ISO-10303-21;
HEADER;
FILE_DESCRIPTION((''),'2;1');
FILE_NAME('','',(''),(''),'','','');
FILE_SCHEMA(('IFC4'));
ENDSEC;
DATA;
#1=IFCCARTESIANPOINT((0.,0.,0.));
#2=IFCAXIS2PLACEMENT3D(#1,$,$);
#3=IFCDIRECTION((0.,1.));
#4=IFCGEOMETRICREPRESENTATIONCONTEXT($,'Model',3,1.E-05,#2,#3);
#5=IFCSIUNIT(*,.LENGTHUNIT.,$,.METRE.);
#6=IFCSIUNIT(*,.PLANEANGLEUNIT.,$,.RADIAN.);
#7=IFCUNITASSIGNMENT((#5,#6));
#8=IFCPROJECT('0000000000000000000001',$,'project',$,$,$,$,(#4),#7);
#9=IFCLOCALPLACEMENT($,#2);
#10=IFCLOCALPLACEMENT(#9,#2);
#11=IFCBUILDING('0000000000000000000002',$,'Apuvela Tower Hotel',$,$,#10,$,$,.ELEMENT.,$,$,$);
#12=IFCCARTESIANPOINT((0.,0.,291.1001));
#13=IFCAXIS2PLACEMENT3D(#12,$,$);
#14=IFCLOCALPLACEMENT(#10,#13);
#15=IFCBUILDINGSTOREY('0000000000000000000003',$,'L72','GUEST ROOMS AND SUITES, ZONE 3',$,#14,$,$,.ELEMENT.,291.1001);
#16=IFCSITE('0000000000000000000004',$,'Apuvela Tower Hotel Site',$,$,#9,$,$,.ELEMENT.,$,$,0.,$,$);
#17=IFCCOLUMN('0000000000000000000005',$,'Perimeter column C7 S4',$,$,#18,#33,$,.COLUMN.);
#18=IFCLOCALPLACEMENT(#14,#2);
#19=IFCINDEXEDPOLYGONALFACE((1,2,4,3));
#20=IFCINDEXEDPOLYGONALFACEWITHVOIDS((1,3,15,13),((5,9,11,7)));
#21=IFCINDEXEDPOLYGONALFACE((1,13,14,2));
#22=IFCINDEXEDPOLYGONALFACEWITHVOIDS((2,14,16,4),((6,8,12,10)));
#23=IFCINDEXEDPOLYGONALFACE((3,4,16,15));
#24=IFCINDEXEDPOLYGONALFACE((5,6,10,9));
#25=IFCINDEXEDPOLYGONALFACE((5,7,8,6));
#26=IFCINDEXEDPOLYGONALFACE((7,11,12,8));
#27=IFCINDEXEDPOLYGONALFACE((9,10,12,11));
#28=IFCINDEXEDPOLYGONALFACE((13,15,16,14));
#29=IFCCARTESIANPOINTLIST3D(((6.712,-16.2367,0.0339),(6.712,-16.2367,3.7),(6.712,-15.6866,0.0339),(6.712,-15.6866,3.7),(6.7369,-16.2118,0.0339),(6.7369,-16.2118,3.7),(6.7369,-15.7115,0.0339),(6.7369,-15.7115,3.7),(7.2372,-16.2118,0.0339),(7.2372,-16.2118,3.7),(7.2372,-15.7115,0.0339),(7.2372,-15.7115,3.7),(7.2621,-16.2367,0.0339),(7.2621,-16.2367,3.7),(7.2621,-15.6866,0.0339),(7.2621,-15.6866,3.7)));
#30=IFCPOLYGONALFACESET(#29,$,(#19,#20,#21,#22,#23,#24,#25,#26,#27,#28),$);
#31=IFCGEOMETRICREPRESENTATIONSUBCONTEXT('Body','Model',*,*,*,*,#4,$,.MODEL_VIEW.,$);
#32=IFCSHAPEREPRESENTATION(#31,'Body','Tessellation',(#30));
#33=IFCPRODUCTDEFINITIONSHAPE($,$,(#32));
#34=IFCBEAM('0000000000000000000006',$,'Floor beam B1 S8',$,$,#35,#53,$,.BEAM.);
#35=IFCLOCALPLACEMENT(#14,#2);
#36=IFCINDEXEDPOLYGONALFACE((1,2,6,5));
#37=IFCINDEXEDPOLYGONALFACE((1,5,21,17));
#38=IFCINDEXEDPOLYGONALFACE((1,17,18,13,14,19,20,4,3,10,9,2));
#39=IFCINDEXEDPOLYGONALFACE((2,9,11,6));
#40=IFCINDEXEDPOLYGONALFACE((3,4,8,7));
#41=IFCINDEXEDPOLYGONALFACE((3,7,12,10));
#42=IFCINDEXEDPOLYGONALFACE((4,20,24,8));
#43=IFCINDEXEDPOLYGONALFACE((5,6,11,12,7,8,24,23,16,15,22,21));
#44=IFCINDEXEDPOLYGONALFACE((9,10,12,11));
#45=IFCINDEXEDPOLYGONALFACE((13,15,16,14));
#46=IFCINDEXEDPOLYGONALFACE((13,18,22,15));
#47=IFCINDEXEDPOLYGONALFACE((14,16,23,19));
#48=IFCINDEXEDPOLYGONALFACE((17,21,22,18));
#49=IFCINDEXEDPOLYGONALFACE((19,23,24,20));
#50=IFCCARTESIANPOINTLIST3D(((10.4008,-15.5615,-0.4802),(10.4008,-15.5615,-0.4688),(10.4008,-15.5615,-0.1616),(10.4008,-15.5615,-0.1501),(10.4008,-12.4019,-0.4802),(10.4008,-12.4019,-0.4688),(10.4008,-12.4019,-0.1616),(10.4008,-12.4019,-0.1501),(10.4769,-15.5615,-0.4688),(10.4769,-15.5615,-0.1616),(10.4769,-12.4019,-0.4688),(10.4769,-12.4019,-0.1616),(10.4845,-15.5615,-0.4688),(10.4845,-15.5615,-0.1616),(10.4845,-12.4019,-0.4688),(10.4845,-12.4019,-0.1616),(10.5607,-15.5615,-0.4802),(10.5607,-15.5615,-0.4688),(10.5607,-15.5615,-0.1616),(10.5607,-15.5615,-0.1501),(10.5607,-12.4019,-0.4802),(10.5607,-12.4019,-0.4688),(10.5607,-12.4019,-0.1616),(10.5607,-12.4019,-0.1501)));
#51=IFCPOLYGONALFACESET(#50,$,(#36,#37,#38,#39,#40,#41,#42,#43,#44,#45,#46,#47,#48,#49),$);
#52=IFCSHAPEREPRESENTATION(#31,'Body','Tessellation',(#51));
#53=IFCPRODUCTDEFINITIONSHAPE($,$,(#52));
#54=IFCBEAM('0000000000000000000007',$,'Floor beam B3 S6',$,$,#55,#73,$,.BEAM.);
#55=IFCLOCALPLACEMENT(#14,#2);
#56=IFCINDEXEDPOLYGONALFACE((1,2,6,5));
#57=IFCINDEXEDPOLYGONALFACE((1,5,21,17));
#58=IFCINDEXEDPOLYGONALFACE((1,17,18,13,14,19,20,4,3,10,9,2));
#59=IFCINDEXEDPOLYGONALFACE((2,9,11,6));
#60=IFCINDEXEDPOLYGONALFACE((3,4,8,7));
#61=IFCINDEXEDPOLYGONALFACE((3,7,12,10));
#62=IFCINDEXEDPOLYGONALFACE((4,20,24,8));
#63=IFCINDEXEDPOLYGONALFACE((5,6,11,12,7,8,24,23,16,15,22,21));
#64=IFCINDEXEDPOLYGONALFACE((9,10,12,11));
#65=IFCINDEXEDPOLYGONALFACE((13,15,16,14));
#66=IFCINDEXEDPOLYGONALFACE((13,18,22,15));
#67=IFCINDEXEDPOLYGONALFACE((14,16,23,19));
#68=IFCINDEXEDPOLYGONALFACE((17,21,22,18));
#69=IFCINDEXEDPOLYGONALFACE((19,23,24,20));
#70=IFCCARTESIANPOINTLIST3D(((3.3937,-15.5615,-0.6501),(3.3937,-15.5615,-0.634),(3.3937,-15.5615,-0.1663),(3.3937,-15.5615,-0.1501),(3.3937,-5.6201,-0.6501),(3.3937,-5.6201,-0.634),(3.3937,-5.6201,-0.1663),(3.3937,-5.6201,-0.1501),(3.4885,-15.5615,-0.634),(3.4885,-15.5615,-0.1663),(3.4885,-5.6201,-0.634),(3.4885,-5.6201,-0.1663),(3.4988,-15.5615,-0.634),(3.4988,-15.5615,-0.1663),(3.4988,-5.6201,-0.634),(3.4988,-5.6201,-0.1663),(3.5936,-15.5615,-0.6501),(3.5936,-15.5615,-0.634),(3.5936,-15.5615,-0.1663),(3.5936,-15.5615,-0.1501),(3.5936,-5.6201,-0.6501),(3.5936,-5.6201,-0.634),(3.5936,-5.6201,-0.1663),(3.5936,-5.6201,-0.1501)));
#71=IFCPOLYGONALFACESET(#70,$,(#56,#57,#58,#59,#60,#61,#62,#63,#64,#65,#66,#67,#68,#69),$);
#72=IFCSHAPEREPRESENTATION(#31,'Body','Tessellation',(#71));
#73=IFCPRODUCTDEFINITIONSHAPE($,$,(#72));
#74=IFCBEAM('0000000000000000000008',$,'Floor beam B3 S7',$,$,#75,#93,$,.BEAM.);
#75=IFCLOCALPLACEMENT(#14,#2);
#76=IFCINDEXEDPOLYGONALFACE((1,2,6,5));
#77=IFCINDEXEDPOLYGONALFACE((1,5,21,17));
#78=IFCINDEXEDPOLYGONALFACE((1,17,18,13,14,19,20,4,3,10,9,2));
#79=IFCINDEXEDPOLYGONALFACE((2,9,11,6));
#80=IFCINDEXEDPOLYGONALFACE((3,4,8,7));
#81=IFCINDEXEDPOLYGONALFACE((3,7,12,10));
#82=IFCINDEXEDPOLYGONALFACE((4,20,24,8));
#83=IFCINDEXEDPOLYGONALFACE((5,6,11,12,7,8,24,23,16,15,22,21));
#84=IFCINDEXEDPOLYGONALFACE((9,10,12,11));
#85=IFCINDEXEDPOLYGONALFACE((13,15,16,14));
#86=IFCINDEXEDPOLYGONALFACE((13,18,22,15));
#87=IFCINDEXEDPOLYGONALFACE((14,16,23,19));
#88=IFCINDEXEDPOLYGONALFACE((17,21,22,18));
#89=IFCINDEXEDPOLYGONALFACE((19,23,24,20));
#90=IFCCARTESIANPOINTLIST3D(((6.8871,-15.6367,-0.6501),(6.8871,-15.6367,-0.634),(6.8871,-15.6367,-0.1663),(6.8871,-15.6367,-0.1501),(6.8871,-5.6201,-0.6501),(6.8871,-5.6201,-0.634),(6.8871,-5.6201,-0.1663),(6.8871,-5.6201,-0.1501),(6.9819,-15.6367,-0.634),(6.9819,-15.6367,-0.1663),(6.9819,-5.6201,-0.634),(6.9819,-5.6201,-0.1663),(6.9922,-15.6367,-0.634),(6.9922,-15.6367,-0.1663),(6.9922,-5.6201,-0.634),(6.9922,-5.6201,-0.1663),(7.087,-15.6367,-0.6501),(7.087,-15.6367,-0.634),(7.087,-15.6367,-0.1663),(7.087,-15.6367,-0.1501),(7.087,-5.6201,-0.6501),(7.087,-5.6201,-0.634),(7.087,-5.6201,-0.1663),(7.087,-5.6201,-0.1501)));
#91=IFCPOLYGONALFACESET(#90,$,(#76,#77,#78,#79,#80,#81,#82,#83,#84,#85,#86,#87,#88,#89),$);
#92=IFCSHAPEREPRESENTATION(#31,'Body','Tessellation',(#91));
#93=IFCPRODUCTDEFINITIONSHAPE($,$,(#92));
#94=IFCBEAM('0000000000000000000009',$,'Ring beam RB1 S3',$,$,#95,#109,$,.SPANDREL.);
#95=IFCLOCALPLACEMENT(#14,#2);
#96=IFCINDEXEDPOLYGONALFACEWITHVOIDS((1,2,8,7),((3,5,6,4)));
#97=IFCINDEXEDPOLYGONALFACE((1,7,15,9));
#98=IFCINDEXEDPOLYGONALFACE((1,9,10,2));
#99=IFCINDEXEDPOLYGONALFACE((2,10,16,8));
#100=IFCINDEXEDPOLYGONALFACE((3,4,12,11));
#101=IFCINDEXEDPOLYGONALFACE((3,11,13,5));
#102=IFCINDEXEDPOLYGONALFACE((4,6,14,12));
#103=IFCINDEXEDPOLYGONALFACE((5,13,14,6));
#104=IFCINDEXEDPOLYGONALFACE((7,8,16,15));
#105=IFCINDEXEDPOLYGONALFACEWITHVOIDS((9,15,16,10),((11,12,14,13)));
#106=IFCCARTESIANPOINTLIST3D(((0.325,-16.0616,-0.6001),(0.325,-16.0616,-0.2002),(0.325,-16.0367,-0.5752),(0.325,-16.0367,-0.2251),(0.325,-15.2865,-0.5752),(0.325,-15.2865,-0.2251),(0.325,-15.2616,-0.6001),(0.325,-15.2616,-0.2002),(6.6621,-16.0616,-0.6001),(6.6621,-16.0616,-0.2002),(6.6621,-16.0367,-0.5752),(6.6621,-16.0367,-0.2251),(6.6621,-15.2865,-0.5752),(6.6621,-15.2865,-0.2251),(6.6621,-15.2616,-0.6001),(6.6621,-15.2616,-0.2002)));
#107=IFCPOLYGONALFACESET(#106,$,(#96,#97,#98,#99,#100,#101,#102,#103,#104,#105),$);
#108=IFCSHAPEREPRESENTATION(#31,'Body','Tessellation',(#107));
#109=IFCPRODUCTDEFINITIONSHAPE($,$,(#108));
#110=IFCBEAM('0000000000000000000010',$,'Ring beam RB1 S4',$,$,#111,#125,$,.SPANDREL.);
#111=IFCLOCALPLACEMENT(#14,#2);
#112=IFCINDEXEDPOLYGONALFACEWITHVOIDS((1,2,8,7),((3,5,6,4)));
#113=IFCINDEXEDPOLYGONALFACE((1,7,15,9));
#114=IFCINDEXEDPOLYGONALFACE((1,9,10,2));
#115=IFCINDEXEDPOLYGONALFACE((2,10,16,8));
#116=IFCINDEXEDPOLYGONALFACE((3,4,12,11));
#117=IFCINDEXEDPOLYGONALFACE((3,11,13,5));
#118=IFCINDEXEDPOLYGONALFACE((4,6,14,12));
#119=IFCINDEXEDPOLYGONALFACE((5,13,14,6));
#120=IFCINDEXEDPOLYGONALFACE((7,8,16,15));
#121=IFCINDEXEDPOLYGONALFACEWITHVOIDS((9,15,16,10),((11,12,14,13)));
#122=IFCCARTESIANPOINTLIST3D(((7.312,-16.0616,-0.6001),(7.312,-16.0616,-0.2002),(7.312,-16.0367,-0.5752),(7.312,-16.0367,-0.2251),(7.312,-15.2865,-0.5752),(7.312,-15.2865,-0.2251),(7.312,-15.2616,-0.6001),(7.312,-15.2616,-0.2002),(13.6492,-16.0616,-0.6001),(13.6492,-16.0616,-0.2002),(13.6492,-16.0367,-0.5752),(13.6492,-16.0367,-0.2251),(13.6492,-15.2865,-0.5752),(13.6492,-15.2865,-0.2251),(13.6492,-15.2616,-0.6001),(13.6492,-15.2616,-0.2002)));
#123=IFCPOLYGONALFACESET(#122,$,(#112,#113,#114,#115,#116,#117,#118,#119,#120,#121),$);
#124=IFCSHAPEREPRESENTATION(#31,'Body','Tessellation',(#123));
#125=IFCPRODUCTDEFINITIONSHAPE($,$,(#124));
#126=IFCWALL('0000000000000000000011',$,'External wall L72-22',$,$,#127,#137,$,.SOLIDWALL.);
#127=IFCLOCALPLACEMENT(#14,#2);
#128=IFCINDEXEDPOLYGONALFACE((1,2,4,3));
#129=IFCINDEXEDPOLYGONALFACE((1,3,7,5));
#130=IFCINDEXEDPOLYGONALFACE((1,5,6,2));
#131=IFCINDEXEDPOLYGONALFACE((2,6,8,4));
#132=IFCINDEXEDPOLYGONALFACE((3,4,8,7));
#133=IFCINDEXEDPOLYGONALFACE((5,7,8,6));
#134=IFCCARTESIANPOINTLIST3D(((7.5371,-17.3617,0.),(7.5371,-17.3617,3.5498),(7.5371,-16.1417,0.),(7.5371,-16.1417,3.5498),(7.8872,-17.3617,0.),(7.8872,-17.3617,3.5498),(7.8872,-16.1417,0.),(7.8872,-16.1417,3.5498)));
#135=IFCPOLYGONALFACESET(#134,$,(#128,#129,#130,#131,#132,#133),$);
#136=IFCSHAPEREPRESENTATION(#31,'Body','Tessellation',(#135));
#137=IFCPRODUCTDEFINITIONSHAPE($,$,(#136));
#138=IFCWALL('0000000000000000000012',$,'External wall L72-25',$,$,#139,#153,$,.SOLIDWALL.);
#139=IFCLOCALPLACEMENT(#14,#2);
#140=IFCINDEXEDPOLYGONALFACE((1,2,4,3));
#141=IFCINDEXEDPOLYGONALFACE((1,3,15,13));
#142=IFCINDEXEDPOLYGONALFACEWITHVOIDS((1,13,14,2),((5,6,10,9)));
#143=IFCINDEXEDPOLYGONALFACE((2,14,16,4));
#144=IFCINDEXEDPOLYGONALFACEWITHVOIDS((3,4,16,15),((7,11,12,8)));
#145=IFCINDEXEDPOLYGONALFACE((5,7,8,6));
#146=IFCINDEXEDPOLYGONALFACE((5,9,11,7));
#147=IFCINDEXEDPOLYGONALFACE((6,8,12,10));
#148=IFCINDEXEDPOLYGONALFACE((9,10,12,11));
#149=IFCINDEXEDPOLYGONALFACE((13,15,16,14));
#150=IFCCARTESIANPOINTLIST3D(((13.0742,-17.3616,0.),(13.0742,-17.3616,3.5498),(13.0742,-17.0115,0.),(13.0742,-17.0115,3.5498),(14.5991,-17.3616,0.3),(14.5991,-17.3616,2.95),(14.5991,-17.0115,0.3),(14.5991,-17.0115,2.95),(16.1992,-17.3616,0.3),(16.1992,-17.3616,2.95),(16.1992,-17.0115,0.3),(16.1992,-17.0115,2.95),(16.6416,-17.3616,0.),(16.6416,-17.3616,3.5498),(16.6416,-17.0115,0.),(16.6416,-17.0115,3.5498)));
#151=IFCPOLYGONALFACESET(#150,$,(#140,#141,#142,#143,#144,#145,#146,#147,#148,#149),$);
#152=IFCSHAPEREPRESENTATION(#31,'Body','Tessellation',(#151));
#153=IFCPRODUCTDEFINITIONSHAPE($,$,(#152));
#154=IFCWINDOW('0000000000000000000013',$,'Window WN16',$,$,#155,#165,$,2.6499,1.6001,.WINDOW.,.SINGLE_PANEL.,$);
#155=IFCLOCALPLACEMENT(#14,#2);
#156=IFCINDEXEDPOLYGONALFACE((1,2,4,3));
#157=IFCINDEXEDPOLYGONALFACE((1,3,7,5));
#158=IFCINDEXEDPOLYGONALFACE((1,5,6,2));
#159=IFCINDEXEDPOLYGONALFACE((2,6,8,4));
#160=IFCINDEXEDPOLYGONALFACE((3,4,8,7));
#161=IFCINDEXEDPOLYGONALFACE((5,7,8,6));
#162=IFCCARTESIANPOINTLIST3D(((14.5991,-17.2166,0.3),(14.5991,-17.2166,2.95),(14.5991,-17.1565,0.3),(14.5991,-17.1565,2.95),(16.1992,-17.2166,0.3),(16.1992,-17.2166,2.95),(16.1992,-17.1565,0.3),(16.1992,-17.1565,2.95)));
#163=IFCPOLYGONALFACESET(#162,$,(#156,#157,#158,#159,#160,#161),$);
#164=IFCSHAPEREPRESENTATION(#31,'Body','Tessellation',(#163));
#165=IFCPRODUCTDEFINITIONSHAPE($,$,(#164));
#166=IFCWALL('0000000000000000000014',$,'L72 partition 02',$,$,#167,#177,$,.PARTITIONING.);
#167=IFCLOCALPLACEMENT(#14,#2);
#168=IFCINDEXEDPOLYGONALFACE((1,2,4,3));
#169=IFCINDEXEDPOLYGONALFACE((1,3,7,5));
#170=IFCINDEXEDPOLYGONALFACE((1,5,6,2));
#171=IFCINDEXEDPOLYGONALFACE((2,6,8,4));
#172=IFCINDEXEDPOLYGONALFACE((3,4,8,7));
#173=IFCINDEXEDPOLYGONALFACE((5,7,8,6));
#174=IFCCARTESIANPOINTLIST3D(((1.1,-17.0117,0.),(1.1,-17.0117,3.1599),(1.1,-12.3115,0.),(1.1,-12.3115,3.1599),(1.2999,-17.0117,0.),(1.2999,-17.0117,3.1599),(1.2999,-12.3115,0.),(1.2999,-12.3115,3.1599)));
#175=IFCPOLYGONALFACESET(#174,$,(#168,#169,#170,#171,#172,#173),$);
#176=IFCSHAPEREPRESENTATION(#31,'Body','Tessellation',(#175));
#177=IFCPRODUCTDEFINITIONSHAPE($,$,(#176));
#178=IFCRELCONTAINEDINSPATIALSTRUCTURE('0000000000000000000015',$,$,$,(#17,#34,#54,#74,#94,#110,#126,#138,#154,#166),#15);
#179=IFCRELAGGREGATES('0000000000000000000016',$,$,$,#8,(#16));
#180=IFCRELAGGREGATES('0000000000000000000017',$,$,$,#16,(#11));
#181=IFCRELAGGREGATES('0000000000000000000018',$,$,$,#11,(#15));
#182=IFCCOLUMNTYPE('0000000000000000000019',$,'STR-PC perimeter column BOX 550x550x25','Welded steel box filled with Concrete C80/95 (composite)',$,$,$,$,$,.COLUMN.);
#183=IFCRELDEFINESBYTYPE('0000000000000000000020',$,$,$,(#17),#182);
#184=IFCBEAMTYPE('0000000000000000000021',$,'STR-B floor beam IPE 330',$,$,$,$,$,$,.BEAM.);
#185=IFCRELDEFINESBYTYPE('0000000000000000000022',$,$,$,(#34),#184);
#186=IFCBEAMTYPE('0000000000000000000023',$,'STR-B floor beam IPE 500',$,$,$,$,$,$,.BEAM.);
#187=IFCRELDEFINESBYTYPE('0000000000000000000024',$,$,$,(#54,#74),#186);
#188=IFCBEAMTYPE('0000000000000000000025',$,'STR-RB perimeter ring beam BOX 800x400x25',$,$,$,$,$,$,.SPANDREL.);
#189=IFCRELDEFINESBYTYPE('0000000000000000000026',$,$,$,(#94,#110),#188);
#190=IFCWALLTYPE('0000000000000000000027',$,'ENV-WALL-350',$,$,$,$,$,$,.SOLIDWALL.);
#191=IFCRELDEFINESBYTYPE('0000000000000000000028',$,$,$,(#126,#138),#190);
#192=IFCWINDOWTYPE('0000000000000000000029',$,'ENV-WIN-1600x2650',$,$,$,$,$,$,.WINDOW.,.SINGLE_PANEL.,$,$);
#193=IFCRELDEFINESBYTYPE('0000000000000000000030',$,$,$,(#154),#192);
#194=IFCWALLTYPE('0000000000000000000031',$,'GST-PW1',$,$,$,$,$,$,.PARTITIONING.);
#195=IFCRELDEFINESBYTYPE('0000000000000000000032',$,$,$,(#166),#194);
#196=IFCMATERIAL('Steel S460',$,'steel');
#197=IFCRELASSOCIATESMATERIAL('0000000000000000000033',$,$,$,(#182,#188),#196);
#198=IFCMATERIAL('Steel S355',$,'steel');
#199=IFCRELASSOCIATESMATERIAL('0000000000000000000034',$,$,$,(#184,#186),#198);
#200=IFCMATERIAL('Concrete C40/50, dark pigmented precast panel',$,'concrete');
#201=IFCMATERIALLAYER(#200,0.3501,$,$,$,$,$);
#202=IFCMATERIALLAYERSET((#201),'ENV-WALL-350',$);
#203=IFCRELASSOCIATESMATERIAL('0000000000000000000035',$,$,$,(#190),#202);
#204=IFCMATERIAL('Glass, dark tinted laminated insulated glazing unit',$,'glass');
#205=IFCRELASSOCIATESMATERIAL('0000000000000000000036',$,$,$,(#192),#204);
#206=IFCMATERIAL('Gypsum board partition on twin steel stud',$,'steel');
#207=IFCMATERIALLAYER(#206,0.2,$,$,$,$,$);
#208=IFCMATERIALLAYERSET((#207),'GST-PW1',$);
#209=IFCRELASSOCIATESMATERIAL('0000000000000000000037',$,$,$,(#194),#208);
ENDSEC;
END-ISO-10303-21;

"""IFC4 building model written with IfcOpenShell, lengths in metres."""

from ifc_helpers import new_model, si_unit, direction, frame, frame_2d, origin, origin_2d, place, context, subcontext, project, spatial, rectangle, hollow_rectangle, i_section, extrude, boolean, halfspace, material, layer, layer_set, material_profile, profile_set, type_object, element, fill, save


model = new_model("IFC4")

# Units and contexts
model_context = context("Model", 3, precision=1e-05, world=origin(), true_north=direction((0.0, 1.0)))
body_context = subcontext(model_context, "Body", "Model", "MODEL_VIEW")
ifc_project = project(units=[si_unit("LENGTHUNIT", "METRE"), si_unit("PLANEANGLEUNIT", "RADIAN")], contexts=[model_context])

# Site, building, storey
site_placement = place(None, origin())
site = spatial("IfcSite", under=ifc_project, at=site_placement, Name="Apuvela Tower Hotel Site", CompositionType="ELEMENT", RefElevation=0.0)
building_placement = place(site_placement, origin())
building = spatial("IfcBuilding", under=site, at=building_placement, Name="Apuvela Tower Hotel", CompositionType="ELEMENT")
storey_placement = place(building_placement, frame((0.0, 0.0, 291.1001)))
storey = spatial("IfcBuildingStorey", under=building, at=storey_placement, Name="L72", Description="GUEST ROOMS AND SUITES, ZONE 3", CompositionType="ELEMENT", Elevation=291.1001)

# Column
ifc_material_1 = material(Name="Steel S460", Category="steel")
ifc_material_profile_1 = material_profile(ifc_material_1, hollow_rectangle(XDim=0.55, YDim=0.55, WallThickness=0.0249, at=origin_2d()), Name="BOX 550x550x25")
ifc_material_2 = material(Name="Concrete C80/95", Category="concrete")
ifc_material_profile_2 = material_profile(ifc_material_2, rectangle(XDim=0.5, YDim=0.5, at=origin_2d()), Name="Concrete C80/95 infill")
ifc_profile_set_1 = profile_set([ifc_material_profile_1, ifc_material_profile_2], Name="Steel S460")
column_type = type_object("IfcColumnType", Name="STR-PC perimeter column BOX 550x550x25", Description="Welded steel box filled with Concrete C80/95 (composite)", PredefinedType="COLUMN", material=ifc_profile_set_1)
column_placement = place(storey_placement, frame((6.9871, -15.9617, 0.0), z_axis=(0.0, 0.0, 1.0), x_axis=(-1.0, 0.0, 0.0)))
element("IfcColumn", 1, at=column_placement, inside=storey, type_object=column_type, Name="Perimeter column C7 S4", PredefinedType="COLUMN", context=body_context, shape_type="SweptSolid", body=[
    boolean("DIFFERENCE", extrude(hollow_rectangle(XDim=0.55, YDim=0.55, WallThickness=0.0249, at=origin_2d()), origin(), (0.0, 0.0, 1.0), 3.7), halfspace(frame((0.0, 0.0, 0.0339), z_axis=(0.0, 0.0, 1.0), x_axis=(1.0, 0.0, 0.0)), True)),
])

# Beams
ifc_material_3 = material(Name="Steel S355", Category="steel")
ifc_material_profile_3 = material_profile(ifc_material_3, i_section(OverallWidth=0.1599, OverallDepth=0.3301, WebThickness=0.0076, FlangeThickness=0.0115, at=origin_2d()), Name="IPE 330")
ifc_profile_set_2 = profile_set([ifc_material_profile_3], Name="Steel S355")
beam_type_1 = type_object("IfcBeamType", Name="STR-B floor beam IPE 330", PredefinedType="BEAM", material=ifc_profile_set_2)
beam_1_placement = place(storey_placement, frame((10.4807, -15.5615, -0.3152), z_axis=(0.0, 1.0, 0.0), x_axis=(-1.0, 0.0, 0.0)))
element("IfcBeam", 2, at=beam_1_placement, inside=storey, type_object=beam_type_1, Name="Floor beam B1 S8", PredefinedType="BEAM", context=body_context, shape_type="SweptSolid", body=[
    extrude(i_section(OverallWidth=0.1599, OverallDepth=0.3301, WebThickness=0.0076, FlangeThickness=0.0115, at=origin_2d()), origin(), (0.0, 0.0, 1.0), 3.1597),
])
ifc_material_profile_4 = material_profile(ifc_material_3, i_section(OverallWidth=0.2, OverallDepth=0.5, WebThickness=0.0103, FlangeThickness=0.0161, at=origin_2d()), Name="IPE 500")
ifc_profile_set_3 = profile_set([ifc_material_profile_4], Name="Steel S355")
beam_type_2 = type_object("IfcBeamType", Name="STR-B floor beam IPE 500", PredefinedType="BEAM", material=ifc_profile_set_3)
beam_2_placement = place(storey_placement, frame((3.4937, -15.5615, -0.4001), z_axis=(0.0, 1.0, 0.0), x_axis=(-1.0, 0.0, 0.0)))
element("IfcBeam", 3, at=beam_2_placement, inside=storey, type_object=beam_type_2, Name="Floor beam B3 S6", PredefinedType="BEAM", context=body_context, shape_type="SweptSolid", body=[
    extrude(i_section(OverallWidth=0.2, OverallDepth=0.5, WebThickness=0.0103, FlangeThickness=0.0161, at=origin_2d()), origin(), (0.0, 0.0, 1.0), 9.9414),
])
beam_3_placement = place(storey_placement, frame((6.9871, -15.6367, -0.4001), z_axis=(0.0, 1.0, 0.0), x_axis=(-1.0, 0.0, 0.0)))
element("IfcBeam", 4, at=beam_3_placement, inside=storey, type_object=beam_type_2, Name="Floor beam B3 S7", PredefinedType="BEAM", context=body_context, shape_type="SweptSolid", body=[
    extrude(i_section(OverallWidth=0.2, OverallDepth=0.5, WebThickness=0.0103, FlangeThickness=0.0161, at=origin_2d()), origin(), (0.0, 0.0, 1.0), 10.0166),
])
ifc_material_profile_5 = material_profile(ifc_material_1, hollow_rectangle(XDim=0.8, YDim=0.3999, WallThickness=0.0249, at=origin_2d()), Name="BOX 800x400x25")
ifc_profile_set_4 = profile_set([ifc_material_profile_5], Name="Steel S460")
beam_type_3 = type_object("IfcBeamType", Name="STR-RB perimeter ring beam BOX 800x400x25", PredefinedType="SPANDREL", material=ifc_profile_set_4)
for number, where, z_axis, x_axis, name in (
    (5, (0.325, -15.6616, -0.4001), (1.0, 0.0, 0.0), (0.0, 1.0, 0.0), "Ring beam RB1 S3"),
    (6, (7.312, -15.6616, -0.4001), (1.0, 0.0, 0.0), (0.0, 1.0, 0.0), "Ring beam RB1 S4"),
):
    element("IfcBeam", number, at=place(storey_placement, frame(where, z_axis=z_axis, x_axis=x_axis)), inside=storey, type_object=beam_type_3, Name=name, PredefinedType="SPANDREL", context=body_context, shape_type="SweptSolid", body=[
        extrude(hollow_rectangle(XDim=0.8, YDim=0.3999, WallThickness=0.0249, at=origin_2d()), origin(), (0.0, 0.0, 1.0), 6.3372),
    ])

# Wall
ifc_material_4 = material(Name="Concrete C40/50, dark pigmented precast panel", Category="concrete")
ifc_layer_1 = layer(ifc_material_4, 0.3501)
ifc_layer_set_1 = layer_set([ifc_layer_1], Name="ENV-WALL-350")
wall_type_1 = type_object("IfcWallType", Name="ENV-WALL-350", PredefinedType="SOLIDWALL", material=ifc_layer_set_1)
wall_1_placement = place(storey_placement, frame((7.7122, -17.3616, 0.0), z_axis=(0.0, 0.0, 1.0), x_axis=(0.0, 1.0, 0.0)))
element("IfcWall", 7, at=wall_1_placement, inside=storey, type_object=wall_type_1, Name="External wall L72-22", PredefinedType="SOLIDWALL", context=body_context, shape_type="SweptSolid", body=[
    extrude(rectangle(XDim=1.22, YDim=0.3501, at=frame_2d((0.6099, 0.0))), origin(), (0.0, 0.0, 1.0), 3.5498),
])

# Shared definitions
ifc_material_5 = material(Name="Glass, dark tinted laminated insulated glazing unit", Category="glass")

# Wall, opening, window
wall_2_placement = place(storey_placement, frame((13.0742, -17.1865, 0.0), z_axis=(0.0, 0.0, 1.0), x_axis=(1.0, 0.0, 0.0)))
wall_2 = element("IfcWall", 8, at=wall_2_placement, inside=storey, type_object=wall_type_1, Name="External wall L72-25", PredefinedType="SOLIDWALL", context=body_context, shape_type="SweptSolid", body=[
    extrude(rectangle(XDim=3.5674, YDim=0.3501, at=frame_2d((1.7837, 0.0))), origin(), (0.0, 0.0, 1.0), 3.5498),
])
opening_1_placement = place(wall_2_placement, frame((1.5249, 0.0, 0.3)))
opening_1 = element("IfcOpeningElement", 9, at=opening_1_placement, cuts=wall_2, PredefinedType="OPENING", context=body_context, shape_type="SweptSolid", body=[
    extrude(rectangle(XDim=1.6001, YDim=2.6499, at=frame_2d((0.8, 1.325))), frame((0.0, 0.1851, 0.0), z_axis=(0.0, -1.0, 0.0), x_axis=(1.0, 0.0, 0.0)), (0.0, 0.0, 1.0), 0.3701),
])
window_type_1 = type_object("IfcWindowType", Name="ENV-WIN-1600x2650", PartitioningType="SINGLE_PANEL", PredefinedType="WINDOW", material=ifc_material_5)
window_1_placement = place(opening_1_placement, origin())
window_1 = element("IfcWindow", 10, at=window_1_placement, inside=storey, type_object=window_type_1, Name="Window WN16", OverallHeight=2.6499, OverallWidth=1.6001, PartitioningType="SINGLE_PANEL", PredefinedType="WINDOW", context=body_context, shape_type="SweptSolid", body=[
    extrude(rectangle(XDim=1.6001, YDim=2.6499, at=frame_2d((0.8, 1.325))), frame((0.0, 0.03, 0.0), z_axis=(0.0, -1.0, 0.0), x_axis=(1.0, 0.0, 0.0)), (0.0, 0.0, 1.0), 0.0601),
])
fill(opening_1, window_1)

# Wall
ifc_material_6 = material(Name="Gypsum board partition on twin steel stud", Category="steel")
ifc_layer_2 = layer(ifc_material_6, 0.2)
ifc_layer_set_2 = layer_set([ifc_layer_2], Name="GST-PW1")
wall_type_2 = type_object("IfcWallType", Name="GST-PW1", PredefinedType="PARTITIONING", material=ifc_layer_set_2)
wall_3_placement = place(storey_placement, frame((1.2, -17.0117, 0.0), z_axis=(0.0, 0.0, 1.0), x_axis=(0.0, 1.0, 0.0)))
element("IfcWall", 11, at=wall_3_placement, inside=storey, type_object=wall_type_2, Name="L72 partition 02", PredefinedType="PARTITIONING", context=body_context, shape_type="SweptSolid", body=[
    extrude(rectangle(XDim=4.7002, YDim=0.2, at=frame_2d((2.3501, 0.0))), origin(), (0.0, 0.0, 1.0), 3.1599),
])

save(model, "model.ifc")
